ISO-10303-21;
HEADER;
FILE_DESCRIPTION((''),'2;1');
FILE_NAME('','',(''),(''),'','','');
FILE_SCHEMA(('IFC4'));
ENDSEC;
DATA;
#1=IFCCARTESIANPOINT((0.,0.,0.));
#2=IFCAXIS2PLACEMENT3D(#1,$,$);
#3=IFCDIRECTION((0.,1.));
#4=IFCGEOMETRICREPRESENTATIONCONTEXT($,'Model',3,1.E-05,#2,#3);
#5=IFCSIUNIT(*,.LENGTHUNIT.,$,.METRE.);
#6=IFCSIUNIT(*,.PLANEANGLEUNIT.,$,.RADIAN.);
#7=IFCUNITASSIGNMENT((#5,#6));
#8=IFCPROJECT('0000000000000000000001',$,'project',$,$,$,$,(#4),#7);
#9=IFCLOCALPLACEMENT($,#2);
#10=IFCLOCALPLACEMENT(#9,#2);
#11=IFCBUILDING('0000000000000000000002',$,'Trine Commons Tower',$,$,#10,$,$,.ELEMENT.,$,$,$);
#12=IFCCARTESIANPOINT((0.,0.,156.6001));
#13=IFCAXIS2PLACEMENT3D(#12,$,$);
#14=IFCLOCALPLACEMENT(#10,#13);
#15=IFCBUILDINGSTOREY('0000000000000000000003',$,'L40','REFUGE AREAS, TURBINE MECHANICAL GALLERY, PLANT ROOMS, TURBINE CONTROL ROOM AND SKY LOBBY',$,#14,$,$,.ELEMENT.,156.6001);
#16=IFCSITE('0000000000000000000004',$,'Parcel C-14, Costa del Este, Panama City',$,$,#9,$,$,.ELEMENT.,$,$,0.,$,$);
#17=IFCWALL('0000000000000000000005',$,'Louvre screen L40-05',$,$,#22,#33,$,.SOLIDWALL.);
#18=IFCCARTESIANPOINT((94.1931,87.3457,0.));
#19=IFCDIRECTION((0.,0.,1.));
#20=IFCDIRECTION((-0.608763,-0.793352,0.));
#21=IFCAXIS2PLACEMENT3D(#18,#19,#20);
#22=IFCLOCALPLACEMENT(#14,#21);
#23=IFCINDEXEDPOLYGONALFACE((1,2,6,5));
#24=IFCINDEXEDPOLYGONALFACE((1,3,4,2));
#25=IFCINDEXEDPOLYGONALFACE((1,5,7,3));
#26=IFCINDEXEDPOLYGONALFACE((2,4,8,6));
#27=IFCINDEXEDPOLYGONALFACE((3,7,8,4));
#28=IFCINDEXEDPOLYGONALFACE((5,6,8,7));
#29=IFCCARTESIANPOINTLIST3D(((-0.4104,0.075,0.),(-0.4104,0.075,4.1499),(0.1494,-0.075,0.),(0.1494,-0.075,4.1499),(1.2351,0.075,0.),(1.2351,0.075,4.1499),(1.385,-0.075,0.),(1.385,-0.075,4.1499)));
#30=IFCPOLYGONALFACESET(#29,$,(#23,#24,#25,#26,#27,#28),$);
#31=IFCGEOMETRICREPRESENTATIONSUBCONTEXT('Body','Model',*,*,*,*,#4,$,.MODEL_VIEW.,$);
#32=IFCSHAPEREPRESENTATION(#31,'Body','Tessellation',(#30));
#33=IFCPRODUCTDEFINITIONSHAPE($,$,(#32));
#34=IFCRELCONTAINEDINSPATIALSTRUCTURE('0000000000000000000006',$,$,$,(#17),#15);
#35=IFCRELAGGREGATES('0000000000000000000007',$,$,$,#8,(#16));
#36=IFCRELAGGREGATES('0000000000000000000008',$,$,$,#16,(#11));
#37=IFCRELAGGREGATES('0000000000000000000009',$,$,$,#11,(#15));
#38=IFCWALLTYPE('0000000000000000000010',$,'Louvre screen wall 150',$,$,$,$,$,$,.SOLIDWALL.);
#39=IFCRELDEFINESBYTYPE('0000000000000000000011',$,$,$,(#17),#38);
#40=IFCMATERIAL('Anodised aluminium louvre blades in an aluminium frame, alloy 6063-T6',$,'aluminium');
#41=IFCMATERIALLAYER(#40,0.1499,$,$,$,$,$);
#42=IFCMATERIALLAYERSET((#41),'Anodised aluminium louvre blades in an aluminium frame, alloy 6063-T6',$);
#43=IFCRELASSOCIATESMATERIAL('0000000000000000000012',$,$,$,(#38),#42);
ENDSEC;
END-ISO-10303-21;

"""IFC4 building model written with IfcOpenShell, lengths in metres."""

from ifc_helpers import new_model, si_unit, direction, frame, origin, place, context, subcontext, project, spatial, polyline, outline, extrude, material, layer, layer_set, type_object, element, save


model = new_model("IFC4")

# Units and contexts
model_context = context("Model", 3, precision=1e-05, world=origin(), true_north=direction((0.0, 1.0)))
body_context = subcontext(model_context, "Body", "Model", "MODEL_VIEW")
ifc_project = project(units=[si_unit("LENGTHUNIT", "METRE"), si_unit("PLANEANGLEUNIT", "RADIAN")], contexts=[model_context])

# Site, building, storey
site_placement = place(None, origin())
site = spatial("IfcSite", under=ifc_project, at=site_placement, Name="Parcel C-14, Costa del Este, Panama City", CompositionType="ELEMENT", RefElevation=0.0)
building_placement = place(site_placement, origin())
building = spatial("IfcBuilding", under=site, at=building_placement, Name="Trine Commons Tower", CompositionType="ELEMENT")
storey_placement = place(building_placement, frame((0.0, 0.0, 156.6001)))
storey = spatial("IfcBuildingStorey", under=building, at=storey_placement, Name="L40", Description="REFUGE AREAS, TURBINE MECHANICAL GALLERY, PLANT ROOMS, TURBINE CONTROL ROOM AND SKY LOBBY", CompositionType="ELEMENT", Elevation=156.6001)

# Wall
ifc_material_1 = material(Name="Anodised aluminium louvre blades in an aluminium frame, alloy 6063-T6", Category="aluminium")
ifc_layer_1 = layer(ifc_material_1, 0.1499)
ifc_layer_set_1 = layer_set([ifc_layer_1], Name="Anodised aluminium louvre blades in an aluminium frame, alloy 6063-T6")
wall_type_1 = type_object("IfcWallType", Name="Louvre screen wall 150", PredefinedType="SOLIDWALL", material=ifc_layer_set_1)
wall_1_placement = place(storey_placement, frame((94.1931, 87.3457, 0.0), z_axis=(0.0, 0.0, 1.0), x_axis=(-0.608763, -0.793352, 0.0)))
element("IfcWall", 1, at=wall_1_placement, inside=storey, type_object=wall_type_1, Name="Louvre screen L40-05", PredefinedType="SOLIDWALL", context=body_context, shape_type="SweptSolid", body=[
    extrude(outline(polyline([(0.1494, -0.075), (1.385, -0.075), (1.2351, 0.075), (-0.4104, 0.075), (0.1494, -0.075)])), origin(), (0.0, 0.0, 1.0), 4.1499),
])

save(model, "model.ifc")
